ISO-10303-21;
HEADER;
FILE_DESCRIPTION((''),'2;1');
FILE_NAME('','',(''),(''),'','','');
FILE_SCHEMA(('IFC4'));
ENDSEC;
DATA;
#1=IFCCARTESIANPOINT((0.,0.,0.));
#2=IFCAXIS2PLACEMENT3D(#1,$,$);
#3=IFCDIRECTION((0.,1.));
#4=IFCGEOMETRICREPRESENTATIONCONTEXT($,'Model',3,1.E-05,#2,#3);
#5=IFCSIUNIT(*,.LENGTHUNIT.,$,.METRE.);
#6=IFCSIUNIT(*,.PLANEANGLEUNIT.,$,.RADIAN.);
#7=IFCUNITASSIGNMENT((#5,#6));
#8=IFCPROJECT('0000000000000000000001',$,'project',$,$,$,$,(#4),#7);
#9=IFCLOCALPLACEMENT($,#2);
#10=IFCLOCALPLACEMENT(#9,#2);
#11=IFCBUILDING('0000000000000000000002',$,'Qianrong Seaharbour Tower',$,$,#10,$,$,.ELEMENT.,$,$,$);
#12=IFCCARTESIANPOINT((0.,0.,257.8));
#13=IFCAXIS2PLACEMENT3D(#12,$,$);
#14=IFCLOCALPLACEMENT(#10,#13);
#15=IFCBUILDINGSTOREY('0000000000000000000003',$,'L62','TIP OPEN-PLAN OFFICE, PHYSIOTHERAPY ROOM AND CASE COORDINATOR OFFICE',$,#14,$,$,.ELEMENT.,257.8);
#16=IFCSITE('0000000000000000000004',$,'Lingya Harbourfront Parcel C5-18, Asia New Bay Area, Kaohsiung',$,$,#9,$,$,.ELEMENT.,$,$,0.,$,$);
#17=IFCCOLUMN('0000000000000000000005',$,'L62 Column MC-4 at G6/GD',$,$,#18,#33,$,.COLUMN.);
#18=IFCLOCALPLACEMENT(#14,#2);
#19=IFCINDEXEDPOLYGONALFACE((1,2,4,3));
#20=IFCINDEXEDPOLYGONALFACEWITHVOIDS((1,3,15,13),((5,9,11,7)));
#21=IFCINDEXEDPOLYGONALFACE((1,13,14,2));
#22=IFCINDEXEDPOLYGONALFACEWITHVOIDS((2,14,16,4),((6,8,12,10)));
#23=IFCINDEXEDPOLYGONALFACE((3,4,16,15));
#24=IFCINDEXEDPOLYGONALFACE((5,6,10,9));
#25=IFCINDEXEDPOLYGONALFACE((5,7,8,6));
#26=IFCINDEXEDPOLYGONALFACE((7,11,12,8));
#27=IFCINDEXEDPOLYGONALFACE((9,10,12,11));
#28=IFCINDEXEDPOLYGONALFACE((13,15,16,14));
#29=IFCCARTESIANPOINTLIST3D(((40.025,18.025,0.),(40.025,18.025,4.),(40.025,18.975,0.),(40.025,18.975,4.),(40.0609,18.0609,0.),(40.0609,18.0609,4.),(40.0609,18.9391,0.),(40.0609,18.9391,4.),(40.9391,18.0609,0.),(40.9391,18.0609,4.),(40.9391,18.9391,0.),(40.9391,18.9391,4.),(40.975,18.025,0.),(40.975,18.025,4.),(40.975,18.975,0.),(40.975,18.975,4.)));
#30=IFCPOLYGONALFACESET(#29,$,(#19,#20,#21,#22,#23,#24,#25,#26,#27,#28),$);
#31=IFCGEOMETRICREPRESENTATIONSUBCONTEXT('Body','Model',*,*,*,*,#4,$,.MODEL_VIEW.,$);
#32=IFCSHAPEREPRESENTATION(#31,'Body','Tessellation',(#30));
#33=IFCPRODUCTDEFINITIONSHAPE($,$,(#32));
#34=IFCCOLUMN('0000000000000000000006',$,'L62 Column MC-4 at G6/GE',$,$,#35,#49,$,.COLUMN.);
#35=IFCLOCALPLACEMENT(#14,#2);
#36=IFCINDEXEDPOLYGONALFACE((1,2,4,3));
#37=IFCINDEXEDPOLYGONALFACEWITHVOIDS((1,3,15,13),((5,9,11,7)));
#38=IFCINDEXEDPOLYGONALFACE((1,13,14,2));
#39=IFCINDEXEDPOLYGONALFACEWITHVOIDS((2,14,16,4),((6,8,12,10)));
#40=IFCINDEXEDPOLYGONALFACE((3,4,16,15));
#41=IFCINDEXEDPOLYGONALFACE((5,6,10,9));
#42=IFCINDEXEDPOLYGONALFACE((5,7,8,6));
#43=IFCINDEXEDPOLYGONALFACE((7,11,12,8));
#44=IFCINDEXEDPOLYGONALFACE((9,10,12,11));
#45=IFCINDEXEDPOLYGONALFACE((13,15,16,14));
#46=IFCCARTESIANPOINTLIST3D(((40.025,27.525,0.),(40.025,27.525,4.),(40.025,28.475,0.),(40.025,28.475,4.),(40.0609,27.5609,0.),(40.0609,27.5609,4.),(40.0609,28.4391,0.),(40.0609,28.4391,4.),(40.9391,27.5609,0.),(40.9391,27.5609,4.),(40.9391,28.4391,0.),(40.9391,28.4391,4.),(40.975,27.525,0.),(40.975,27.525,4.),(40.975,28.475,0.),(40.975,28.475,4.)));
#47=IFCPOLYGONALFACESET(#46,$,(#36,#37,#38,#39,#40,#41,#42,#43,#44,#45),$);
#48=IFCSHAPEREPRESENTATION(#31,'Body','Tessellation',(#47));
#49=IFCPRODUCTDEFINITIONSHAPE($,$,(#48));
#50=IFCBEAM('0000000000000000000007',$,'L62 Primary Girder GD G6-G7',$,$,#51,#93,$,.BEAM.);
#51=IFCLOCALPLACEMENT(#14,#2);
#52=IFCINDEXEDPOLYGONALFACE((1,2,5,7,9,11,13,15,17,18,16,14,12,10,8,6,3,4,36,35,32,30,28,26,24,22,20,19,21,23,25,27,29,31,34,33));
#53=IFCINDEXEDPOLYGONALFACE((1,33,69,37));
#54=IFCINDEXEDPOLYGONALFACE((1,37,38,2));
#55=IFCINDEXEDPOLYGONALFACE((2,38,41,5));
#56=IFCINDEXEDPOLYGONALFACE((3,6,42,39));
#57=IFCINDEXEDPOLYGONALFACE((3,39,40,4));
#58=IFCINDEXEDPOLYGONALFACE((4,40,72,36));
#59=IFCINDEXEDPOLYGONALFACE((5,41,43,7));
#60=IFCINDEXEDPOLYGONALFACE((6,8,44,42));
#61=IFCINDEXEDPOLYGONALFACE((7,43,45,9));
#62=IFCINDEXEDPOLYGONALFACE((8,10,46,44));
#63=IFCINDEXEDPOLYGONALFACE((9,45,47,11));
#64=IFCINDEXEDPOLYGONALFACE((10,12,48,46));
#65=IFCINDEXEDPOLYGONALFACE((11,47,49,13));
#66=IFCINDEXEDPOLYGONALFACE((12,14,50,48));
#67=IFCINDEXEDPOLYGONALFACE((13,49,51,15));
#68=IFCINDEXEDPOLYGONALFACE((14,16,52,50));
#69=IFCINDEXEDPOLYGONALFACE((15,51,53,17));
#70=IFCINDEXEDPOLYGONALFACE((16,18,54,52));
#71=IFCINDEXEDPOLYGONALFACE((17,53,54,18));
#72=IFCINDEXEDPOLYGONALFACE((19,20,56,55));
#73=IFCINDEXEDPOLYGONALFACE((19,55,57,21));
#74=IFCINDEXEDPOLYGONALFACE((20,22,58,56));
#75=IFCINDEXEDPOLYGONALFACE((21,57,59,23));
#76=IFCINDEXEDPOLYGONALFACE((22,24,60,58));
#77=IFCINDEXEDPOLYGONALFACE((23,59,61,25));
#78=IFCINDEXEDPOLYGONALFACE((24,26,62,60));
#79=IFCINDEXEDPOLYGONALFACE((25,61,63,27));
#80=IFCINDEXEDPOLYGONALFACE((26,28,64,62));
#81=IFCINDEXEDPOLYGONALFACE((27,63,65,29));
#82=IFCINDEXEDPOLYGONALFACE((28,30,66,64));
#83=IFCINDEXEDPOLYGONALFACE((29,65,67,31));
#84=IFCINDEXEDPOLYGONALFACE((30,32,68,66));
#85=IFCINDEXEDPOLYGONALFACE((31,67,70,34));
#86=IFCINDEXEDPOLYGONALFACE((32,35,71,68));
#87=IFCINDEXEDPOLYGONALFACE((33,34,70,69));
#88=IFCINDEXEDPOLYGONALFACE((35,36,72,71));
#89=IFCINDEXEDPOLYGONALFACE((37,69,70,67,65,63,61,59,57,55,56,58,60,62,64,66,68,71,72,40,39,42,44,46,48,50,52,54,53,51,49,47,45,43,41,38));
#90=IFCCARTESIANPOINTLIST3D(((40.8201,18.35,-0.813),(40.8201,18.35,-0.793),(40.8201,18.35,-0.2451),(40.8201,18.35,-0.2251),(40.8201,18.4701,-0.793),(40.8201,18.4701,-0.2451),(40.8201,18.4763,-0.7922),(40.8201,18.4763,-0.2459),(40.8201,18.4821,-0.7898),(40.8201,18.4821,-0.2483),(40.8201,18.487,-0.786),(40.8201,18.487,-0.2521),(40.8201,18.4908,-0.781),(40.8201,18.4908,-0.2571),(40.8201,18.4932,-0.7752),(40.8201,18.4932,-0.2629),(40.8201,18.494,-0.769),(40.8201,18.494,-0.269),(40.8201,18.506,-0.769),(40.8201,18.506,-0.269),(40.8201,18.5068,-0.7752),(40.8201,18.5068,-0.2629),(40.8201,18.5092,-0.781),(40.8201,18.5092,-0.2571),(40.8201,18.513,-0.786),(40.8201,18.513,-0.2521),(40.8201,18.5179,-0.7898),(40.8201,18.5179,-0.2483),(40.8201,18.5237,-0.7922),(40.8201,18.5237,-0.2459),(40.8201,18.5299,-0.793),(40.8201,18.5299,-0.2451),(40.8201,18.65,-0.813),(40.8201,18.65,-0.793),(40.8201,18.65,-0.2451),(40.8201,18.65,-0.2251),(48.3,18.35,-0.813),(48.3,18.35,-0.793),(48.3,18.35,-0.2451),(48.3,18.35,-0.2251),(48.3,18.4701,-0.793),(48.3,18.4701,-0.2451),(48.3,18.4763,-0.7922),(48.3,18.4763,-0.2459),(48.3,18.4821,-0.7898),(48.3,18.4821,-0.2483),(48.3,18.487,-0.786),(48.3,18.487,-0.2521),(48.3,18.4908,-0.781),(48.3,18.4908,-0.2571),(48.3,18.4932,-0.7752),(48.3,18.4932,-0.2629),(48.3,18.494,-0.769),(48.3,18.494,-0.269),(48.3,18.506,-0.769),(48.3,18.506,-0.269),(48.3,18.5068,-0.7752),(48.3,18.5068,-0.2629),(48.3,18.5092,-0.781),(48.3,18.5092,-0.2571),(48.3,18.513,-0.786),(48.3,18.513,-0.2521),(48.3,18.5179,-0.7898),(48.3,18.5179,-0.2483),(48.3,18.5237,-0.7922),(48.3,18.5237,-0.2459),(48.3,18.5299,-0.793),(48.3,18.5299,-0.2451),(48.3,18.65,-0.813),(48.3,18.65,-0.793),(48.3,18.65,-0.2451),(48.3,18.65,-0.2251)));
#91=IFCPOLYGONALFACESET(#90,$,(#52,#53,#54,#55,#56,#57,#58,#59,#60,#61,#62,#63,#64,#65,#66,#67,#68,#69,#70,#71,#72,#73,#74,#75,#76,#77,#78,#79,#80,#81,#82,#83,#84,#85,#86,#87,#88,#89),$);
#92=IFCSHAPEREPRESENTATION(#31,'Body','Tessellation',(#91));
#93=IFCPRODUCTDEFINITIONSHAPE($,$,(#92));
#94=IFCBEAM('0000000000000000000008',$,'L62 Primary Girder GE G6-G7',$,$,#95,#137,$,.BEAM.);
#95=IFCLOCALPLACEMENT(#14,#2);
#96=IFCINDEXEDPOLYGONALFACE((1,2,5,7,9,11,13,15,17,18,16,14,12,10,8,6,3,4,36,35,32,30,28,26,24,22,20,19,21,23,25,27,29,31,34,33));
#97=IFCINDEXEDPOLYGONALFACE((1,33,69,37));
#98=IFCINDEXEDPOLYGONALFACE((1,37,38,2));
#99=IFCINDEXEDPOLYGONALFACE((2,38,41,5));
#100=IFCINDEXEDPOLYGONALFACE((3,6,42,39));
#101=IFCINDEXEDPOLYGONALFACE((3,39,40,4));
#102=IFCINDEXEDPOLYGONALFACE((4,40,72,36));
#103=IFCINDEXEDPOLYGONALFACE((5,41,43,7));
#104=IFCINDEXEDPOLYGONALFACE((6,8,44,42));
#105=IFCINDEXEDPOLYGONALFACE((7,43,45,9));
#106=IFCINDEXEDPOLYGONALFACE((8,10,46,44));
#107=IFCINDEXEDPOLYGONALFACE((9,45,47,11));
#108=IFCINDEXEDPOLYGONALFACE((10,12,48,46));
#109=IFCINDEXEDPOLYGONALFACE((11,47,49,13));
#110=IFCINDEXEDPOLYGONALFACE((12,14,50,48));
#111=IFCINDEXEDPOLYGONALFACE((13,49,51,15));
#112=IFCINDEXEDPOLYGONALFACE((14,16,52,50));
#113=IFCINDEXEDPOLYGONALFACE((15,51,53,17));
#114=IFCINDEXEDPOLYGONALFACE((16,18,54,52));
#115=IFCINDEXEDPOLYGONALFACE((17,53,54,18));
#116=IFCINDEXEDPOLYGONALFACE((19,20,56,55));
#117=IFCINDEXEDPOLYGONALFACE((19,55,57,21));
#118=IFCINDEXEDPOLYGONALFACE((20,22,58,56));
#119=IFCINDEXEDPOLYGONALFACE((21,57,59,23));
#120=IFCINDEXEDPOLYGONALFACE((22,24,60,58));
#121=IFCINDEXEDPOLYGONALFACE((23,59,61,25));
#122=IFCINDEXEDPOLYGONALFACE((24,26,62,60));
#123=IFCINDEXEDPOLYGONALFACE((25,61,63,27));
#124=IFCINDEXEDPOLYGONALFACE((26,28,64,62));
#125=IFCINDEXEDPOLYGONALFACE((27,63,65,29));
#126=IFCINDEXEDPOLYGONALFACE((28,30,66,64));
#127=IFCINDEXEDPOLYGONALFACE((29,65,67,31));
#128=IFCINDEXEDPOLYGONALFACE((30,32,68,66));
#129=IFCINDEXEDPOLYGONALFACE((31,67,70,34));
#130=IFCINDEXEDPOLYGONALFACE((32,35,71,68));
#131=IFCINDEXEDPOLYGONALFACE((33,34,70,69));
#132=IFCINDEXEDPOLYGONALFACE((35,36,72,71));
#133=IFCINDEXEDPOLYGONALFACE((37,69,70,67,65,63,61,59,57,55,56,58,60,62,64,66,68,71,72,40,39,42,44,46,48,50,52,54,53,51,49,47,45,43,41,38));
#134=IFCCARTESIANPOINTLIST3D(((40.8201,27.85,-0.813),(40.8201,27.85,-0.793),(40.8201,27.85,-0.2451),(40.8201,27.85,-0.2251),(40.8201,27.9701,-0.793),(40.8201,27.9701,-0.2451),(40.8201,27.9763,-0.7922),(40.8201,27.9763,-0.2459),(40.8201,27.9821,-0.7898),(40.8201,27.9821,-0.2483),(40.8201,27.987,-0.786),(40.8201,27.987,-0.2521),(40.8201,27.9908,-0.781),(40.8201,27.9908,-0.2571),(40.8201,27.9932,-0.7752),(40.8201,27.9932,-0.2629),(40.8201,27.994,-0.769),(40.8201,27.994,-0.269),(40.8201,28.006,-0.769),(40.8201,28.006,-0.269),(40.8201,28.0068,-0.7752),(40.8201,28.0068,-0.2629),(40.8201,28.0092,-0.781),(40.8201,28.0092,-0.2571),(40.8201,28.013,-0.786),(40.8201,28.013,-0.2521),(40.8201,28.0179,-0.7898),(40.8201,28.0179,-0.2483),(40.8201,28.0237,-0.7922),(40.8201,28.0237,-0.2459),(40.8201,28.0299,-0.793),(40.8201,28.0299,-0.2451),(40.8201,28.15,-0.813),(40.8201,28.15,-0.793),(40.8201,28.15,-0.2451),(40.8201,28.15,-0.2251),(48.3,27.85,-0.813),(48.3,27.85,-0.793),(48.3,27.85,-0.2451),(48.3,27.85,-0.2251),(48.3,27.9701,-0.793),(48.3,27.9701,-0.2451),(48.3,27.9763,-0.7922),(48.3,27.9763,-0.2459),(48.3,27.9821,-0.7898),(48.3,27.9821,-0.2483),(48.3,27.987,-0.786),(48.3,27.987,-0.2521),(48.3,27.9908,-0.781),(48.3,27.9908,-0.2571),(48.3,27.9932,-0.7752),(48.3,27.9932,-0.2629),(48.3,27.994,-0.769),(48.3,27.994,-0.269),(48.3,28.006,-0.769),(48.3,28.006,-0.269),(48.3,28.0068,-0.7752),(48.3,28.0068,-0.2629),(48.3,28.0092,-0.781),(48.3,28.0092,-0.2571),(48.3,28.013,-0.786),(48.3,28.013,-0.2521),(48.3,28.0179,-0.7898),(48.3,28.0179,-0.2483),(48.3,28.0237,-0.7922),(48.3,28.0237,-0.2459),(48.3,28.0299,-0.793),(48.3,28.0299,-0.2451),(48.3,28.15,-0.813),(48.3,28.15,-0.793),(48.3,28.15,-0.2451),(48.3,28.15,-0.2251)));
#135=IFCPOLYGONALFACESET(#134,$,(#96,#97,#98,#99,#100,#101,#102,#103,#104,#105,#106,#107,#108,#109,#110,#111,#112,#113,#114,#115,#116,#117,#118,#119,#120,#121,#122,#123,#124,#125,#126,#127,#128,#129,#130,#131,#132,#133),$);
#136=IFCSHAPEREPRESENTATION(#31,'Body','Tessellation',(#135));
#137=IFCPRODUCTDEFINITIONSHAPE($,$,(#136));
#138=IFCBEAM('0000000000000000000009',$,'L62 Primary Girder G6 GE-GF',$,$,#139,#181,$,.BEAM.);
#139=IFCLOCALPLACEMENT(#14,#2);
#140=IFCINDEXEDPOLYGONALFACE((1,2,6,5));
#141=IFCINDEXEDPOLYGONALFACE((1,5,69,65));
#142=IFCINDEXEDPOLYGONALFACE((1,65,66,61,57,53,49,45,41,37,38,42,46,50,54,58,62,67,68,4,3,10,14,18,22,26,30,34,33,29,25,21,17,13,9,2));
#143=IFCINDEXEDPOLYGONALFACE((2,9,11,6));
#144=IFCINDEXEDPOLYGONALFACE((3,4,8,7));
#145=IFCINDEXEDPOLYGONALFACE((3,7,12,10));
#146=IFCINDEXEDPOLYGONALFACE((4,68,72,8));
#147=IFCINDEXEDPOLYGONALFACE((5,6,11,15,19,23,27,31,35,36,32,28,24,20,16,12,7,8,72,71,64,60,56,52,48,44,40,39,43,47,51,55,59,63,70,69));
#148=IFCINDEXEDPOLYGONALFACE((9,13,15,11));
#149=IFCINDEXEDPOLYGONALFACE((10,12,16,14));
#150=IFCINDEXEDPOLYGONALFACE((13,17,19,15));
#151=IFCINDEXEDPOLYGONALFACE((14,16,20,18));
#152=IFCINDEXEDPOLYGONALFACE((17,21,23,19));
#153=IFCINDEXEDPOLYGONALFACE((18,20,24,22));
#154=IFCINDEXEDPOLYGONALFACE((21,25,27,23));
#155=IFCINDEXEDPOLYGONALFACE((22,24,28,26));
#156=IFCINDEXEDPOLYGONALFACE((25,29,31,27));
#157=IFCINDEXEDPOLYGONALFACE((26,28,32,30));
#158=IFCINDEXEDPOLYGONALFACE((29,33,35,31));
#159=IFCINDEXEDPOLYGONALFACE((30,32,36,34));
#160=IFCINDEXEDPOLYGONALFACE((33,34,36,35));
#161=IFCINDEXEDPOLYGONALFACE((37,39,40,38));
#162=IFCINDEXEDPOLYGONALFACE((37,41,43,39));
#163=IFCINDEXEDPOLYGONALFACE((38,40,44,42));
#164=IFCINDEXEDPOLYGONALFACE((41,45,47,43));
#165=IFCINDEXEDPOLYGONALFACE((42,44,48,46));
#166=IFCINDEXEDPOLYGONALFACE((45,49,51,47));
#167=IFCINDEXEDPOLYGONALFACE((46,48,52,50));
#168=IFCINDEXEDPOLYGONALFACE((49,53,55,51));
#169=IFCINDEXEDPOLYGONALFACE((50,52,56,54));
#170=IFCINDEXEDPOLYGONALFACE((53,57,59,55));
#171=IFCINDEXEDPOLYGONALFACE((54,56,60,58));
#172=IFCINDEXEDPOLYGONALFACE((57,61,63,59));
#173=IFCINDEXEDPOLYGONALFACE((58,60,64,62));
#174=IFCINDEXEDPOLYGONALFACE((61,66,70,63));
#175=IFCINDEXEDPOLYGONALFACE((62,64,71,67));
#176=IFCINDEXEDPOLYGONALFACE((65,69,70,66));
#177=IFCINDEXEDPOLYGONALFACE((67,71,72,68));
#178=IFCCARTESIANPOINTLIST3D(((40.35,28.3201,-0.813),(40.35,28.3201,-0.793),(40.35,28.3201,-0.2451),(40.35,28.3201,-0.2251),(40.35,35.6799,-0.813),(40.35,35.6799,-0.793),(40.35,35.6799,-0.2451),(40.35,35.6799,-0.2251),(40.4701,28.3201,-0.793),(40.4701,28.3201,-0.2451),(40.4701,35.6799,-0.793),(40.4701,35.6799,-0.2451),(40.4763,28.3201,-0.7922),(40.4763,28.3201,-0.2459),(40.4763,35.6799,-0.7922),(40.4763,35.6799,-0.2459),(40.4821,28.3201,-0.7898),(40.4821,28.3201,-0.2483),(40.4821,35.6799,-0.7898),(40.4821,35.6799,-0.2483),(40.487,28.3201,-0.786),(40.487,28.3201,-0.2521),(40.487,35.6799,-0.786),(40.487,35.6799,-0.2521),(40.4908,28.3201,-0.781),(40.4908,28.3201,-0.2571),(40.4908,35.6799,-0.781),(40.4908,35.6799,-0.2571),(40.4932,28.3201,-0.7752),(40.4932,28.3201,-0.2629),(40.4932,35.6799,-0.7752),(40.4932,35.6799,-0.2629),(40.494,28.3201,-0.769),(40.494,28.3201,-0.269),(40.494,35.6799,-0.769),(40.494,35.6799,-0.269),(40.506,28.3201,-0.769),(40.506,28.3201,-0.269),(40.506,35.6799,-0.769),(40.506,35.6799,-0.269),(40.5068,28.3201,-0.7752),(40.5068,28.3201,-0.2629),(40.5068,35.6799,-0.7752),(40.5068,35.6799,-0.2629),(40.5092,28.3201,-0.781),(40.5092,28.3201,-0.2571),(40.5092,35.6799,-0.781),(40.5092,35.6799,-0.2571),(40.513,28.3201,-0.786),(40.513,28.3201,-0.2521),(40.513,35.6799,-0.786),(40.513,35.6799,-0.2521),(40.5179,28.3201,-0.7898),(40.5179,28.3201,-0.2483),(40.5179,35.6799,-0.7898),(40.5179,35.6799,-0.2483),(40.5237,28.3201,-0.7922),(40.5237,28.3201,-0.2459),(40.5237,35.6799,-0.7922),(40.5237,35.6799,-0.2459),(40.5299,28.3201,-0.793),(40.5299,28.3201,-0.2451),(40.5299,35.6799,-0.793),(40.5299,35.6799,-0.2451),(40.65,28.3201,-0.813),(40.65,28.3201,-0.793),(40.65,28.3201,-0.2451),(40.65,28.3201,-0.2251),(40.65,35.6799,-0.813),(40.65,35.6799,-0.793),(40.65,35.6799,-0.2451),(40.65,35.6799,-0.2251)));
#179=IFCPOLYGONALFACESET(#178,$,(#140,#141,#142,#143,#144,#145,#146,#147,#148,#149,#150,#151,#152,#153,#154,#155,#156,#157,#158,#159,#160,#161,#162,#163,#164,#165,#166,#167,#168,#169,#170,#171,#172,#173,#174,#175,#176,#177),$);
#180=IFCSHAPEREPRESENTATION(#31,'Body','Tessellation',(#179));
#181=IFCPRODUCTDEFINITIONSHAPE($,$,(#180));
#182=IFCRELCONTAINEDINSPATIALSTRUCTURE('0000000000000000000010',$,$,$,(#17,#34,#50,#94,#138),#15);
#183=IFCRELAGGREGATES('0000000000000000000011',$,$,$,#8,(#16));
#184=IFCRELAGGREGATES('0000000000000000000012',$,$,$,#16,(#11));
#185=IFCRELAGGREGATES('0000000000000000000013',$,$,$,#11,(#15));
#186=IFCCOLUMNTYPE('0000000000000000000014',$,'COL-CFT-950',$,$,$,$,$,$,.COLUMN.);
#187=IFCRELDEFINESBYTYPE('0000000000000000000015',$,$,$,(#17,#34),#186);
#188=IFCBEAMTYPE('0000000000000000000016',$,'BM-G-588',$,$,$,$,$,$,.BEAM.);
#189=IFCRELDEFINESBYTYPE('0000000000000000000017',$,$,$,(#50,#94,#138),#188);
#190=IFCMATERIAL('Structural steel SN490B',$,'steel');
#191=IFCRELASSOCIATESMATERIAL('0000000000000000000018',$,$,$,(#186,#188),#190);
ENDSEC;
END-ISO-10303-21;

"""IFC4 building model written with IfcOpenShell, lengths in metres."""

from ifc_helpers import new_model, si_unit, direction, frame, origin, origin_2d, place, context, subcontext, project, spatial, hollow_rectangle, i_section, extrude, material, material_profile, profile_set, type_object, element, save


model = new_model("IFC4")

# Units and contexts
model_context = context("Model", 3, precision=1e-05, world=origin(), true_north=direction((0.0, 1.0)))
body_context = subcontext(model_context, "Body", "Model", "MODEL_VIEW")
ifc_project = project(units=[si_unit("LENGTHUNIT", "METRE"), si_unit("PLANEANGLEUNIT", "RADIAN")], contexts=[model_context])

# Site, building, storey
site_placement = place(None, origin())
site = spatial("IfcSite", under=ifc_project, at=site_placement, Name="Lingya Harbourfront Parcel C5-18, Asia New Bay Area, Kaohsiung", CompositionType="ELEMENT", RefElevation=0.0)
building_placement = place(site_placement, origin())
building = spatial("IfcBuilding", under=site, at=building_placement, Name="Qianrong Seaharbour Tower", CompositionType="ELEMENT")
storey_placement = place(building_placement, frame((0.0, 0.0, 257.8)))
storey = spatial("IfcBuildingStorey", under=building, at=storey_placement, Name="L62", Description="TIP OPEN-PLAN OFFICE, PHYSIOTHERAPY ROOM AND CASE COORDINATOR OFFICE", CompositionType="ELEMENT", Elevation=257.8)

# Columns
ifc_material_1 = material(Name="Structural steel SN490B", Category="steel")
ifc_material_profile_1 = material_profile(ifc_material_1, hollow_rectangle(XDim=0.95, YDim=0.95, WallThickness=0.0359, at=origin_2d()), Name="BOX950x950x36")
ifc_profile_set_1 = profile_set([ifc_material_profile_1], Name="Structural steel SN490B")
column_type = type_object("IfcColumnType", Name="COL-CFT-950", PredefinedType="COLUMN", material=ifc_profile_set_1)
for number, where, z_axis, x_axis, name in (
    (1, (40.5, 18.5, 0.0), (0.0, 0.0, 1.0), (1.0, 0.0, 0.0), "L62 Column MC-4 at G6/GD"),
    (2, (40.5, 28.0, 0.0), (0.0, 0.0, 1.0), (1.0, 0.0, 0.0), "L62 Column MC-4 at G6/GE"),
):
    element("IfcColumn", number, at=place(storey_placement, frame(where, z_axis=z_axis, x_axis=x_axis)), inside=storey, type_object=column_type, Name=name, PredefinedType="COLUMN", context=body_context, shape_type="SweptSolid", body=[
        extrude(hollow_rectangle(XDim=0.95, YDim=0.95, WallThickness=0.0359, at=origin_2d()), origin(), (0.0, 0.0, 1.0), 4.0),
    ])

# Beams
ifc_material_profile_2 = material_profile(ifc_material_1, i_section(OverallWidth=0.3, OverallDepth=0.5879, WebThickness=0.012, FlangeThickness=0.02, FilletRadius=0.0239, at=origin_2d()), Name="H588x300x12x20")
ifc_profile_set_2 = profile_set([ifc_material_profile_2], Name="Structural steel SN490B")
beam_type_1 = type_object("IfcBeamType", Name="BM-G-588", PredefinedType="BEAM", material=ifc_profile_set_2)
for number, where, z_axis, x_axis, name in (
    (3, (40.8201, 18.5, -0.519), (1.0, 0.0, 0.0), (0.0, 1.0, 0.0), "L62 Primary Girder GD G6-G7"),
    (4, (40.8201, 28.0, -0.519), (1.0, 0.0, 0.0), (0.0, 1.0, 0.0), "L62 Primary Girder GE G6-G7"),
):
    element("IfcBeam", number, at=place(storey_placement, frame(where, z_axis=z_axis, x_axis=x_axis)), inside=storey, type_object=beam_type_1, Name=name, PredefinedType="BEAM", context=body_context, shape_type="SweptSolid", body=[
        extrude(i_section(OverallWidth=0.3, OverallDepth=0.5879, WebThickness=0.012, FlangeThickness=0.02, FilletRadius=0.0239, at=origin_2d()), origin(), (0.0, 0.0, 1.0), 7.48),
    ])
beam_1_placement = place(storey_placement, frame((40.5, 28.3201, -0.519), z_axis=(0.0, 1.0, 0.0), x_axis=(-1.0, 0.0, 0.0)))
element("IfcBeam", 5, at=beam_1_placement, inside=storey, type_object=beam_type_1, Name="L62 Primary Girder G6 GE-GF", PredefinedType="BEAM", context=body_context, shape_type="SweptSolid", body=[
    extrude(i_section(OverallWidth=0.3, OverallDepth=0.5879, WebThickness=0.012, FlangeThickness=0.02, FilletRadius=0.0239, at=origin_2d()), origin(), (0.0, 0.0, 1.0), 7.3599),
])

save(model, "model.ifc")
